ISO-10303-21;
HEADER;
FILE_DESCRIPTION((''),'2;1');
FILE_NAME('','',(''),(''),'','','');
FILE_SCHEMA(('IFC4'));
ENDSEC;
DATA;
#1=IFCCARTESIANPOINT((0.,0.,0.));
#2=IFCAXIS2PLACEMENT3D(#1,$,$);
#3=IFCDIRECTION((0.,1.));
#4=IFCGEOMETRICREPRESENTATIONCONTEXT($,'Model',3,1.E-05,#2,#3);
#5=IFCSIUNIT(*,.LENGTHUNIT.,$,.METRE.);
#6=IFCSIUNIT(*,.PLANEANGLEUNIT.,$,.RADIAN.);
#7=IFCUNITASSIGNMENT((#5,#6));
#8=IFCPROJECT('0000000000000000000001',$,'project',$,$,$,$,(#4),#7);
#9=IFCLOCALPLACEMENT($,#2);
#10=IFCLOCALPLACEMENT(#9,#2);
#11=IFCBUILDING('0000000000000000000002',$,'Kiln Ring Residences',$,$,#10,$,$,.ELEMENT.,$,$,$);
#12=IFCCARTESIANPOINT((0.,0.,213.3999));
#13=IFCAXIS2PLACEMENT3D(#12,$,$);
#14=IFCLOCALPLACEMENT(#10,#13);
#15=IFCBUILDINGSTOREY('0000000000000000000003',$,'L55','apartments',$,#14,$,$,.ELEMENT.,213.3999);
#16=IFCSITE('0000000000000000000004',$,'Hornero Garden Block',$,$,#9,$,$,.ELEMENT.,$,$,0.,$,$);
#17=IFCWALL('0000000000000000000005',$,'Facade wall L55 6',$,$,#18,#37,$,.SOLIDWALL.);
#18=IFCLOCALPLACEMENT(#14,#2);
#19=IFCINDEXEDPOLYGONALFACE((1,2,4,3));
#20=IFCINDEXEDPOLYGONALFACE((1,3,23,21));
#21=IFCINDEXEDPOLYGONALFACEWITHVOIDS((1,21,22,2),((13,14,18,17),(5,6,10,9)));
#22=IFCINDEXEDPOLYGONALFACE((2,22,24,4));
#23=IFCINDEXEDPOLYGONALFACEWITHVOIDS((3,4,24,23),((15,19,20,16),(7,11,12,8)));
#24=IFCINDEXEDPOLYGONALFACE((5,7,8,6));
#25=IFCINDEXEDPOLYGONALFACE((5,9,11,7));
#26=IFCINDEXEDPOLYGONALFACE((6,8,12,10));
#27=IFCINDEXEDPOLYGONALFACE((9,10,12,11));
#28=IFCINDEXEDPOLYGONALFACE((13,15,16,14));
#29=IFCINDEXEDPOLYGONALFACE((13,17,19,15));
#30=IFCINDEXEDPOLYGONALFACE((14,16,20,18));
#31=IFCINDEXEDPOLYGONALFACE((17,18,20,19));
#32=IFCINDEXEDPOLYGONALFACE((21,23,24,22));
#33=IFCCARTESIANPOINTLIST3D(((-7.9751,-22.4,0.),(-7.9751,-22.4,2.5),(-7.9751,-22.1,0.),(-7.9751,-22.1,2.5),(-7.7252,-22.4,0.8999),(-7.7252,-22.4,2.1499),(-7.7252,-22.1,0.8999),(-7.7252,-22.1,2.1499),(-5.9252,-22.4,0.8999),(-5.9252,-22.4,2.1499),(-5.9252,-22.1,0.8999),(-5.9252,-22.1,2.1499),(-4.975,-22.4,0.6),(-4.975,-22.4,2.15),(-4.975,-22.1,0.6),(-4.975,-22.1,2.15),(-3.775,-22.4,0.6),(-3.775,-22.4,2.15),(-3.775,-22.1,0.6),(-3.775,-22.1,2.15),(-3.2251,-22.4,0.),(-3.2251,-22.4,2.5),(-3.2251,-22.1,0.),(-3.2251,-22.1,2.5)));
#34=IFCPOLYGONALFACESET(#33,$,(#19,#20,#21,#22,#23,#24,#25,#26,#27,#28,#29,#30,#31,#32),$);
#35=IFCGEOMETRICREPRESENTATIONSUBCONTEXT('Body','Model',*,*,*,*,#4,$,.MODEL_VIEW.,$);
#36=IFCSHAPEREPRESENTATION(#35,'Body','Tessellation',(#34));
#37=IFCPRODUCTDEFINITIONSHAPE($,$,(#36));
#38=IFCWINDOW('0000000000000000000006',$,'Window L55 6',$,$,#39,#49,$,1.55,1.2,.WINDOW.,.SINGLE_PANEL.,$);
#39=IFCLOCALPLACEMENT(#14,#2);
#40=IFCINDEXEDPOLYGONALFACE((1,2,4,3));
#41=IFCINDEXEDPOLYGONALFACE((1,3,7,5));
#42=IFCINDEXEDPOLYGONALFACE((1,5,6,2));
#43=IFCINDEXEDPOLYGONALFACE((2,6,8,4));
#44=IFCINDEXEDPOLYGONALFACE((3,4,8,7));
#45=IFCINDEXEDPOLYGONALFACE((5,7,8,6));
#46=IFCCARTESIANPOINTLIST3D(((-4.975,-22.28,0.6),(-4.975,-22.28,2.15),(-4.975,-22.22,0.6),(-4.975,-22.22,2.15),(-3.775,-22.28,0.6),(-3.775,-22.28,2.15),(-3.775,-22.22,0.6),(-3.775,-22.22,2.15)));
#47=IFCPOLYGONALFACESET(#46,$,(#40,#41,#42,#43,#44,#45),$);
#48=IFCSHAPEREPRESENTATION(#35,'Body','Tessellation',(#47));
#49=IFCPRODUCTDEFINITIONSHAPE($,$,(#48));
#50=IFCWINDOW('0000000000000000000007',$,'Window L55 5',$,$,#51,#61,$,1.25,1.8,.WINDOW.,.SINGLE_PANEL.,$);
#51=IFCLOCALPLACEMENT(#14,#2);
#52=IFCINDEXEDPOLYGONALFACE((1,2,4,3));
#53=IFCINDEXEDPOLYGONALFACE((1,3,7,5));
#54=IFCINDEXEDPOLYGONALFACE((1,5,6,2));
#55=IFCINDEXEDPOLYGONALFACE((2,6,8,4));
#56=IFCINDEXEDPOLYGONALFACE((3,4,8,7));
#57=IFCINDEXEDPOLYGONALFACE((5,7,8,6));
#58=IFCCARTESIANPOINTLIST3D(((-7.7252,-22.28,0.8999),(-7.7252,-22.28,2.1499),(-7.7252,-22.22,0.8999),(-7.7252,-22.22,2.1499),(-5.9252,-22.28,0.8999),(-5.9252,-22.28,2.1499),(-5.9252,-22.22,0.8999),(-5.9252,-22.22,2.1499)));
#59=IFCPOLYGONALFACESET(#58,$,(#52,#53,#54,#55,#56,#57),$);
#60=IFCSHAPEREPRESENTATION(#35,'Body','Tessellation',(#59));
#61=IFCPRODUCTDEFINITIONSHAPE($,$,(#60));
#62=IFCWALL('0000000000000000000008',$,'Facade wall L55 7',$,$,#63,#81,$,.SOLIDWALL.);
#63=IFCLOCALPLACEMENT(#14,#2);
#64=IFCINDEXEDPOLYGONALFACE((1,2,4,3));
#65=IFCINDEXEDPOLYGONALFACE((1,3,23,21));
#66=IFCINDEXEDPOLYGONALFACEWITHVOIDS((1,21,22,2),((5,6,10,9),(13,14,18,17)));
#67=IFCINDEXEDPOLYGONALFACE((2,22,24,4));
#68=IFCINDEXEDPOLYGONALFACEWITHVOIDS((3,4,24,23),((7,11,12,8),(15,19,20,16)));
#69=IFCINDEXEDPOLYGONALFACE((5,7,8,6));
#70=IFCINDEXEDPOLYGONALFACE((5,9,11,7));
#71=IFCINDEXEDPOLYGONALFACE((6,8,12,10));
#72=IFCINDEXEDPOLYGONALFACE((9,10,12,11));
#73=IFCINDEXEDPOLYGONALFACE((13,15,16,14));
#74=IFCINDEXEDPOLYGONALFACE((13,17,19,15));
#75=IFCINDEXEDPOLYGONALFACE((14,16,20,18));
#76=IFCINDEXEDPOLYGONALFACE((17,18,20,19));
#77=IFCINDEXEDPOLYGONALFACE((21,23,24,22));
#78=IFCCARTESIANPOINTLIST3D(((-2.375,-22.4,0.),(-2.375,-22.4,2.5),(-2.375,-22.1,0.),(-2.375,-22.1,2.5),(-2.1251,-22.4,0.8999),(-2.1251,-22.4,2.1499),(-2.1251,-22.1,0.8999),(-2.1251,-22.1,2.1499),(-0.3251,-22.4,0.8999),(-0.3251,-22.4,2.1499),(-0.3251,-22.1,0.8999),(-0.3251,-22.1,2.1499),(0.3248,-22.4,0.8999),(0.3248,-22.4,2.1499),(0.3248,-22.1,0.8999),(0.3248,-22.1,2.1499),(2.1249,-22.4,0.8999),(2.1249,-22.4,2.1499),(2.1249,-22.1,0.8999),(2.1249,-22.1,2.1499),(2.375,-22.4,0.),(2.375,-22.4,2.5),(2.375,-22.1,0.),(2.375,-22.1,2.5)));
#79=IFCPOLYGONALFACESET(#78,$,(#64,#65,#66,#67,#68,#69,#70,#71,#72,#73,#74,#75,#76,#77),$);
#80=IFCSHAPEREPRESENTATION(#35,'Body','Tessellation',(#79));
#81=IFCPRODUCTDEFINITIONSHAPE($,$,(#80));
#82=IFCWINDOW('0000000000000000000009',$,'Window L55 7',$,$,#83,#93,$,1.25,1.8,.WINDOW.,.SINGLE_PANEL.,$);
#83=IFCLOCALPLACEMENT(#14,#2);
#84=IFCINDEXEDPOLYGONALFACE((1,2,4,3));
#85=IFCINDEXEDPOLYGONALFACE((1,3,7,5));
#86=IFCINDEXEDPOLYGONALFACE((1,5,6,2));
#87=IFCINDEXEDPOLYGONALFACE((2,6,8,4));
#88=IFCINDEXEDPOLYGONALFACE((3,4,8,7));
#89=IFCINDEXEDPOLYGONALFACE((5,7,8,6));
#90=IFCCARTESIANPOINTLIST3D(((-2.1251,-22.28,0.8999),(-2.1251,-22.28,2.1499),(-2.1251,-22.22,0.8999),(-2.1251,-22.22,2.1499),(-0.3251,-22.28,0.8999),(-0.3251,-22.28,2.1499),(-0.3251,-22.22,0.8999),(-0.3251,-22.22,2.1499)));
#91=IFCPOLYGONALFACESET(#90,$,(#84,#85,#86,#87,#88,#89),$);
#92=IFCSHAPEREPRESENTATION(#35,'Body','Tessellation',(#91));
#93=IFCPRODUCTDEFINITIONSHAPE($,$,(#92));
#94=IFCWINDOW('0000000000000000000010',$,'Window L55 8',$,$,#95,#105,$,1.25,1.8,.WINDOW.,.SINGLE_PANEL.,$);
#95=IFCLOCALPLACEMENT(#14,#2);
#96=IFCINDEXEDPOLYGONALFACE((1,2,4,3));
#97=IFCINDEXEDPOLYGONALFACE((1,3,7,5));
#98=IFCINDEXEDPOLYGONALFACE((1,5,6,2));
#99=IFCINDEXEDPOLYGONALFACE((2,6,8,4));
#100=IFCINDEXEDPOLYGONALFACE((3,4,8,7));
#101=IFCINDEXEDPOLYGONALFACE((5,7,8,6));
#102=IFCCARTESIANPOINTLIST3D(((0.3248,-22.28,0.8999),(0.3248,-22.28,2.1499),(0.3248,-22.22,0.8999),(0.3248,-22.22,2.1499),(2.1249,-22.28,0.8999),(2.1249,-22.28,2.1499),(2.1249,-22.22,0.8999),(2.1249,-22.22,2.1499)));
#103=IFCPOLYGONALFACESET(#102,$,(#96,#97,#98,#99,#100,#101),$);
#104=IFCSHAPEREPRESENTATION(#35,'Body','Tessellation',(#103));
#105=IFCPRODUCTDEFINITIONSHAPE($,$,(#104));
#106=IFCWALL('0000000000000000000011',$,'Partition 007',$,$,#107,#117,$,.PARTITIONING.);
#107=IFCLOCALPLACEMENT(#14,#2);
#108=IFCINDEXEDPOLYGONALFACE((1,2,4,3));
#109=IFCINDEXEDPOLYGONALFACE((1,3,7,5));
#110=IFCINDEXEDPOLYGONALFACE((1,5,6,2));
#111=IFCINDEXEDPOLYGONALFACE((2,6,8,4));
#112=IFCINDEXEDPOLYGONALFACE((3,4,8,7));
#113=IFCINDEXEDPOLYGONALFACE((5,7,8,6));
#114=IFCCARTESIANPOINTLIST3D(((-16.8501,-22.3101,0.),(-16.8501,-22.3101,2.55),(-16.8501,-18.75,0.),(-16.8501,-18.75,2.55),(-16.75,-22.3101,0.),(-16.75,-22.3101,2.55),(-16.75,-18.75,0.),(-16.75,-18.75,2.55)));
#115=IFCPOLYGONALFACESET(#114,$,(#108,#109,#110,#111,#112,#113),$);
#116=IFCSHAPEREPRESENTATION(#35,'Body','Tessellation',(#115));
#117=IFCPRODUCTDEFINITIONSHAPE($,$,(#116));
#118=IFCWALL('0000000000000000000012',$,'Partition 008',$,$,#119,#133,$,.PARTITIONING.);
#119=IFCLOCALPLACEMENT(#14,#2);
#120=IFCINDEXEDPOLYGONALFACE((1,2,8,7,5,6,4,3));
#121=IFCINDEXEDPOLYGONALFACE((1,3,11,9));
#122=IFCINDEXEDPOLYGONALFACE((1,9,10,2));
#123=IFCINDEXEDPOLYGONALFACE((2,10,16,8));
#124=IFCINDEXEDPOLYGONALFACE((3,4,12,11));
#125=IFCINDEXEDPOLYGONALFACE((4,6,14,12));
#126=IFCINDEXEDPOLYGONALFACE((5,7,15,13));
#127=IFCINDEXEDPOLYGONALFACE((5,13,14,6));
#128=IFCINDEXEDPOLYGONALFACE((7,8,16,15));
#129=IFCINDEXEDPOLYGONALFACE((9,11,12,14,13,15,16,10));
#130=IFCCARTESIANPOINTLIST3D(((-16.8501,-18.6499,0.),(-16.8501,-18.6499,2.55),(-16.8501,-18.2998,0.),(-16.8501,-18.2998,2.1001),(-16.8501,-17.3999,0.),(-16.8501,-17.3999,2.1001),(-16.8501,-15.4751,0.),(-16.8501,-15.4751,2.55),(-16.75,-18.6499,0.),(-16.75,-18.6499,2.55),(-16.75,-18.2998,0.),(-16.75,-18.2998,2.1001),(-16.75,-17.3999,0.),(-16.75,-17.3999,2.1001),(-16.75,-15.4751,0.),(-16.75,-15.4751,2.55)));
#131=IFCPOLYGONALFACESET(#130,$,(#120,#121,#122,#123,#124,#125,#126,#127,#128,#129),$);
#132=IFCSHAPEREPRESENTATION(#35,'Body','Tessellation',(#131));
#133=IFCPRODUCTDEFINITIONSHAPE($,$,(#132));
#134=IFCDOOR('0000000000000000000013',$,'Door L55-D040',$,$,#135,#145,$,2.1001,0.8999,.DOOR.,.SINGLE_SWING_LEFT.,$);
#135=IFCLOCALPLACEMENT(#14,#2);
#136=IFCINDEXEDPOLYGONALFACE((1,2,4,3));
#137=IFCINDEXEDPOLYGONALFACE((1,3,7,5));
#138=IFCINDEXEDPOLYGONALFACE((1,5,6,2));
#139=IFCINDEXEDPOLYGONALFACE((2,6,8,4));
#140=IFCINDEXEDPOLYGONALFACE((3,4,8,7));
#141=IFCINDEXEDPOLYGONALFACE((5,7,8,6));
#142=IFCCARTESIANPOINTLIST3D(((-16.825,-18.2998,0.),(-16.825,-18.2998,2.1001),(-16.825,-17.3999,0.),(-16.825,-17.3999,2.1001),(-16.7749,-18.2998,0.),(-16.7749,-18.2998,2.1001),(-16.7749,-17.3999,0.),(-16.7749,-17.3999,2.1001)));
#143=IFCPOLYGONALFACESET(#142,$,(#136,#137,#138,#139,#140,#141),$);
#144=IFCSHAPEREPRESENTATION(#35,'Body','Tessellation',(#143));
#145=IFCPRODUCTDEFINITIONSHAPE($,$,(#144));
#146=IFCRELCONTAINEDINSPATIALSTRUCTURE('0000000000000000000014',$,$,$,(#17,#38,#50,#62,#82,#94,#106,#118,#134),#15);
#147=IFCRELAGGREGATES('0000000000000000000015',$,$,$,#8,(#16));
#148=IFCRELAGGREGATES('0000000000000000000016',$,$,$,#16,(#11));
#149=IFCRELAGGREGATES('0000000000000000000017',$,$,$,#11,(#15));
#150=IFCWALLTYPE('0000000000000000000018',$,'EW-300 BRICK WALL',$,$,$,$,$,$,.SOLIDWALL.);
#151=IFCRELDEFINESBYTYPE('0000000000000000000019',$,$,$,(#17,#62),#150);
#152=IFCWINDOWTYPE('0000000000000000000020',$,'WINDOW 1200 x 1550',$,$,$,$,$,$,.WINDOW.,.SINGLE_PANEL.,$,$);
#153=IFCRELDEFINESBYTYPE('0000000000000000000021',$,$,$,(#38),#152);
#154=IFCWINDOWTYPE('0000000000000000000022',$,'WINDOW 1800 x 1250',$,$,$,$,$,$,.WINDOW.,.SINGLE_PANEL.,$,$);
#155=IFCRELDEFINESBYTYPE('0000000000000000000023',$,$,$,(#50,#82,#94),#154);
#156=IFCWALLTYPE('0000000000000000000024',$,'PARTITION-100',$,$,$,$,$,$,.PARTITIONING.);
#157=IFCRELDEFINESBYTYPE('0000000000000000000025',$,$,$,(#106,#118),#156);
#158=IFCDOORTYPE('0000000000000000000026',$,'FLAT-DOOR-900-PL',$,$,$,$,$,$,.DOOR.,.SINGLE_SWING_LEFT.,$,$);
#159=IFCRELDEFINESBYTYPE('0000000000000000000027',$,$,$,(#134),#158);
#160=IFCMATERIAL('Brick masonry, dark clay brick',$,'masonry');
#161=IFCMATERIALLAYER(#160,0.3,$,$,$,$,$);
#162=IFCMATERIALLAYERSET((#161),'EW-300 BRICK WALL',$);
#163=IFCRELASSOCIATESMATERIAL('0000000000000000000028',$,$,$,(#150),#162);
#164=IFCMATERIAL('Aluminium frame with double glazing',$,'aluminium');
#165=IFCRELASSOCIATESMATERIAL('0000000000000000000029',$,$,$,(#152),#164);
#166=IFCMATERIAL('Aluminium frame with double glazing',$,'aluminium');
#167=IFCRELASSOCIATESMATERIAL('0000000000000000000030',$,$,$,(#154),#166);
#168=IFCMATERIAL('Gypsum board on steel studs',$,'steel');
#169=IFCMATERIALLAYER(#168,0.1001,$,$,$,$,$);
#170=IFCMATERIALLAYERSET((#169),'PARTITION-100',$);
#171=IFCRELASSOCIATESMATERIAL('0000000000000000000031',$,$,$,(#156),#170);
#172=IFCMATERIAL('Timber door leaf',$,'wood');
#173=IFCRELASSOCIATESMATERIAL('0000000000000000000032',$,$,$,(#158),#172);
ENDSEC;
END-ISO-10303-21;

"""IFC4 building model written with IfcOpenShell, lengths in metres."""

from ifc_helpers import new_model, si_unit, direction, frame, frame_2d, origin, place, context, subcontext, project, spatial, rectangle, extrude, material, layer, layer_set, type_object, element, fill, save


model = new_model("IFC4")

# Units and contexts
model_context = context("Model", 3, precision=1e-05, world=origin(), true_north=direction((0.0, 1.0)))
body_context = subcontext(model_context, "Body", "Model", "MODEL_VIEW")
ifc_project = project(units=[si_unit("LENGTHUNIT", "METRE"), si_unit("PLANEANGLEUNIT", "RADIAN")], contexts=[model_context])

# Site, building, storey
site_placement = place(None, origin())
site = spatial("IfcSite", under=ifc_project, at=site_placement, Name="Hornero Garden Block", CompositionType="ELEMENT", RefElevation=0.0)
building_placement = place(site_placement, origin())
building = spatial("IfcBuilding", under=site, at=building_placement, Name="Kiln Ring Residences", CompositionType="ELEMENT")
storey_placement = place(building_placement, frame((0.0, 0.0, 213.3999)))
storey = spatial("IfcBuildingStorey", under=building, at=storey_placement, Name="L55", Description="apartments", CompositionType="ELEMENT", Elevation=213.3999)

# Shared definitions
ifc_material_1 = material(Name="Brick masonry, dark clay brick", Category="masonry")
ifc_layer_1 = layer(ifc_material_1, 0.3)
ifc_layer_set_1 = layer_set([ifc_layer_1], Name="EW-300 BRICK WALL")
wall_type_1 = type_object("IfcWallType", Name="EW-300 BRICK WALL", PredefinedType="SOLIDWALL", material=ifc_layer_set_1)
ifc_material_2 = material(Name="Aluminium frame with double glazing", Category="aluminium")
window_type_1 = type_object("IfcWindowType", Name="WINDOW 1200 x 1550", PartitioningType="SINGLE_PANEL", PredefinedType="WINDOW", material=ifc_material_2)

# Walls, openings, windows
wall_1_placement = place(storey_placement, frame((-7.9751, -22.25, 0.0), z_axis=(0.0, 0.0, 1.0), x_axis=(1.0, 0.0, 0.0)))
wall_1 = element("IfcWall", 1, at=wall_1_placement, inside=storey, type_object=wall_type_1, Name="Facade wall L55 6", PredefinedType="SOLIDWALL", context=body_context, shape_type="SweptSolid", body=[
    extrude(rectangle(XDim=4.75, YDim=0.3, at=frame_2d((2.375, 0.0))), origin(), (0.0, 0.0, 1.0), 2.5),
])
opening_1_placement = place(wall_1_placement, frame((0.25, 0.0, 0.8999)))
opening_1 = element("IfcOpeningElement", 2, at=opening_1_placement, cuts=wall_1, PredefinedType="OPENING", context=body_context, shape_type="SweptSolid", body=[
    extrude(rectangle(XDim=1.8, YDim=1.25, at=frame_2d((0.8999, 0.625))), frame((0.0, 0.1599, 0.0), z_axis=(0.0, -1.0, 0.0), x_axis=(1.0, 0.0, 0.0)), (0.0, 0.0, 1.0), 0.3201),
])
opening_2_placement = place(wall_1_placement, frame((3.0, 0.0, 0.6001)))
opening_2 = element("IfcOpeningElement", 3, at=opening_2_placement, cuts=wall_1, PredefinedType="OPENING", context=body_context, shape_type="SweptSolid", body=[
    extrude(rectangle(XDim=1.2, YDim=1.55, at=frame_2d((0.6001, 0.7749))), frame((0.0, 0.1599, 0.0), z_axis=(0.0, -1.0, 0.0), x_axis=(1.0, 0.0, 0.0)), (0.0, 0.0, 1.0), 0.3201),
])
window_1_placement = place(opening_2_placement, origin())
window_1 = element("IfcWindow", 4, at=window_1_placement, inside=storey, type_object=window_type_1, Name="Window L55 6", OverallHeight=1.55, OverallWidth=1.2, PartitioningType="SINGLE_PANEL", PredefinedType="WINDOW", context=body_context, shape_type="SweptSolid", body=[
    extrude(rectangle(XDim=1.2, YDim=1.55, at=frame_2d((0.6001, 0.7749))), frame((0.0, 0.03, 0.0), z_axis=(0.0, -1.0, 0.0), x_axis=(1.0, 0.0, 0.0)), (0.0, 0.0, 1.0), 0.0601),
])
fill(opening_2, window_1)
ifc_material_3 = material(Name="Aluminium frame with double glazing", Category="aluminium")
window_type_2 = type_object("IfcWindowType", Name="WINDOW 1800 x 1250", PartitioningType="SINGLE_PANEL", PredefinedType="WINDOW", material=ifc_material_3)
window_2_placement = place(opening_1_placement, origin())
window_2 = element("IfcWindow", 5, at=window_2_placement, inside=storey, type_object=window_type_2, Name="Window L55 5", OverallHeight=1.25, OverallWidth=1.8, PartitioningType="SINGLE_PANEL", PredefinedType="WINDOW", context=body_context, shape_type="SweptSolid", body=[
    extrude(rectangle(XDim=1.8, YDim=1.25, at=frame_2d((0.8999, 0.625))), frame((0.0, 0.03, 0.0), z_axis=(0.0, -1.0, 0.0), x_axis=(1.0, 0.0, 0.0)), (0.0, 0.0, 1.0), 0.0601),
])
fill(opening_1, window_2)
wall_2_placement = place(storey_placement, frame((-2.375, -22.25, 0.0), z_axis=(0.0, 0.0, 1.0), x_axis=(1.0, 0.0, 0.0)))
wall_2 = element("IfcWall", 6, at=wall_2_placement, inside=storey, type_object=wall_type_1, Name="Facade wall L55 7", PredefinedType="SOLIDWALL", context=body_context, shape_type="SweptSolid", body=[
    extrude(rectangle(XDim=4.75, YDim=0.3, at=frame_2d((2.375, 0.0))), origin(), (0.0, 0.0, 1.0), 2.5),
])
opening_3_placement = place(wall_2_placement, frame((0.25, 0.0, 0.8999)))
opening_3 = element("IfcOpeningElement", 7, at=opening_3_placement, cuts=wall_2, PredefinedType="OPENING", context=body_context, shape_type="SweptSolid", body=[
    extrude(rectangle(XDim=1.8, YDim=1.25, at=frame_2d((0.8999, 0.625))), frame((0.0, 0.1599, 0.0), z_axis=(0.0, -1.0, 0.0), x_axis=(1.0, 0.0, 0.0)), (0.0, 0.0, 1.0), 0.3201),
])
opening_4_placement = place(wall_2_placement, frame((2.7, 0.0, 0.8999)))
opening_4 = element("IfcOpeningElement", 8, at=opening_4_placement, cuts=wall_2, PredefinedType="OPENING", context=body_context, shape_type="SweptSolid", body=[
    extrude(rectangle(XDim=1.8, YDim=1.25, at=frame_2d((0.8999, 0.625))), frame((0.0, 0.1599, 0.0), z_axis=(0.0, -1.0, 0.0), x_axis=(1.0, 0.0, 0.0)), (0.0, 0.0, 1.0), 0.3201),
])
window_3_placement = place(opening_3_placement, origin())
window_3 = element("IfcWindow", 9, at=window_3_placement, inside=storey, type_object=window_type_2, Name="Window L55 7", OverallHeight=1.25, OverallWidth=1.8, PartitioningType="SINGLE_PANEL", PredefinedType="WINDOW", context=body_context, shape_type="SweptSolid", body=[
    extrude(rectangle(XDim=1.8, YDim=1.25, at=frame_2d((0.8999, 0.625))), frame((0.0, 0.03, 0.0), z_axis=(0.0, -1.0, 0.0), x_axis=(1.0, 0.0, 0.0)), (0.0, 0.0, 1.0), 0.0601),
])
fill(opening_3, window_3)
window_4_placement = place(opening_4_placement, origin())
window_4 = element("IfcWindow", 10, at=window_4_placement, inside=storey, type_object=window_type_2, Name="Window L55 8", OverallHeight=1.25, OverallWidth=1.8, PartitioningType="SINGLE_PANEL", PredefinedType="WINDOW", context=body_context, shape_type="SweptSolid", body=[
    extrude(rectangle(XDim=1.8, YDim=1.25, at=frame_2d((0.8999, 0.625))), frame((0.0, 0.03, 0.0), z_axis=(0.0, -1.0, 0.0), x_axis=(1.0, 0.0, 0.0)), (0.0, 0.0, 1.0), 0.0601),
])
fill(opening_4, window_4)

# Wall
ifc_material_4 = material(Name="Gypsum board on steel studs", Category="steel")
ifc_layer_2 = layer(ifc_material_4, 0.1001)
ifc_layer_set_2 = layer_set([ifc_layer_2], Name="PARTITION-100")
wall_type_2 = type_object("IfcWallType", Name="PARTITION-100", PredefinedType="PARTITIONING", material=ifc_layer_set_2)
wall_3_placement = place(storey_placement, frame((-16.8, -22.3101, 0.0), z_axis=(0.0, 0.0, 1.0), x_axis=(0.0, 1.0, 0.0)))
element("IfcWall", 11, at=wall_3_placement, inside=storey, type_object=wall_type_2, Name="Partition 007", PredefinedType="PARTITIONING", context=body_context, shape_type="SweptSolid", body=[
    extrude(rectangle(XDim=3.5601, YDim=0.1001, at=frame_2d((1.78, 0.0))), origin(), (0.0, 0.0, 1.0), 2.55),
])

# Wall, opening, door
wall_4_placement = place(storey_placement, frame((-16.8, -18.6499, 0.0), z_axis=(0.0, 0.0, 1.0), x_axis=(0.0, 1.0, 0.0)))
wall_4 = element("IfcWall", 12, at=wall_4_placement, inside=storey, type_object=wall_type_2, Name="Partition 008", PredefinedType="PARTITIONING", context=body_context, shape_type="SweptSolid", body=[
    extrude(rectangle(XDim=3.1748, YDim=0.1001, at=frame_2d((1.5874, 0.0))), origin(), (0.0, 0.0, 1.0), 2.55),
])
opening_5_placement = place(wall_4_placement, frame((0.3501, 0.0, 0.0)))
opening_5 = element("IfcOpeningElement", 13, at=opening_5_placement, cuts=wall_4, PredefinedType="OPENING", context=body_context, shape_type="SweptSolid", body=[
    extrude(rectangle(XDim=0.8999, YDim=2.1001, at=frame_2d((0.45, 1.05))), frame((0.0, 0.0601, 0.0), z_axis=(0.0, -1.0, 0.0), x_axis=(1.0, 0.0, 0.0)), (0.0, 0.0, 1.0), 0.1201),
])
ifc_material_5 = material(Name="Timber door leaf", Category="wood")
door_type = type_object("IfcDoorType", Name="FLAT-DOOR-900-PL", OperationType="SINGLE_SWING_LEFT", PredefinedType="DOOR", material=ifc_material_5)
door_1_placement = place(opening_5_placement, origin())
door_1 = element("IfcDoor", 14, at=door_1_placement, inside=storey, type_object=door_type, Name="Door L55-D040", OperationType="SINGLE_SWING_LEFT", OverallHeight=2.1001, OverallWidth=0.8999, PredefinedType="DOOR", context=body_context, shape_type="SweptSolid", body=[
    extrude(rectangle(XDim=0.8999, YDim=2.1001, at=frame_2d((0.45, 1.05))), frame((0.0, 0.0249, 0.0), z_axis=(0.0, -1.0, 0.0), x_axis=(1.0, 0.0, 0.0)), (0.0, 0.0, 1.0), 0.05),
])
fill(opening_5, door_1)

save(model, "model.ifc")
